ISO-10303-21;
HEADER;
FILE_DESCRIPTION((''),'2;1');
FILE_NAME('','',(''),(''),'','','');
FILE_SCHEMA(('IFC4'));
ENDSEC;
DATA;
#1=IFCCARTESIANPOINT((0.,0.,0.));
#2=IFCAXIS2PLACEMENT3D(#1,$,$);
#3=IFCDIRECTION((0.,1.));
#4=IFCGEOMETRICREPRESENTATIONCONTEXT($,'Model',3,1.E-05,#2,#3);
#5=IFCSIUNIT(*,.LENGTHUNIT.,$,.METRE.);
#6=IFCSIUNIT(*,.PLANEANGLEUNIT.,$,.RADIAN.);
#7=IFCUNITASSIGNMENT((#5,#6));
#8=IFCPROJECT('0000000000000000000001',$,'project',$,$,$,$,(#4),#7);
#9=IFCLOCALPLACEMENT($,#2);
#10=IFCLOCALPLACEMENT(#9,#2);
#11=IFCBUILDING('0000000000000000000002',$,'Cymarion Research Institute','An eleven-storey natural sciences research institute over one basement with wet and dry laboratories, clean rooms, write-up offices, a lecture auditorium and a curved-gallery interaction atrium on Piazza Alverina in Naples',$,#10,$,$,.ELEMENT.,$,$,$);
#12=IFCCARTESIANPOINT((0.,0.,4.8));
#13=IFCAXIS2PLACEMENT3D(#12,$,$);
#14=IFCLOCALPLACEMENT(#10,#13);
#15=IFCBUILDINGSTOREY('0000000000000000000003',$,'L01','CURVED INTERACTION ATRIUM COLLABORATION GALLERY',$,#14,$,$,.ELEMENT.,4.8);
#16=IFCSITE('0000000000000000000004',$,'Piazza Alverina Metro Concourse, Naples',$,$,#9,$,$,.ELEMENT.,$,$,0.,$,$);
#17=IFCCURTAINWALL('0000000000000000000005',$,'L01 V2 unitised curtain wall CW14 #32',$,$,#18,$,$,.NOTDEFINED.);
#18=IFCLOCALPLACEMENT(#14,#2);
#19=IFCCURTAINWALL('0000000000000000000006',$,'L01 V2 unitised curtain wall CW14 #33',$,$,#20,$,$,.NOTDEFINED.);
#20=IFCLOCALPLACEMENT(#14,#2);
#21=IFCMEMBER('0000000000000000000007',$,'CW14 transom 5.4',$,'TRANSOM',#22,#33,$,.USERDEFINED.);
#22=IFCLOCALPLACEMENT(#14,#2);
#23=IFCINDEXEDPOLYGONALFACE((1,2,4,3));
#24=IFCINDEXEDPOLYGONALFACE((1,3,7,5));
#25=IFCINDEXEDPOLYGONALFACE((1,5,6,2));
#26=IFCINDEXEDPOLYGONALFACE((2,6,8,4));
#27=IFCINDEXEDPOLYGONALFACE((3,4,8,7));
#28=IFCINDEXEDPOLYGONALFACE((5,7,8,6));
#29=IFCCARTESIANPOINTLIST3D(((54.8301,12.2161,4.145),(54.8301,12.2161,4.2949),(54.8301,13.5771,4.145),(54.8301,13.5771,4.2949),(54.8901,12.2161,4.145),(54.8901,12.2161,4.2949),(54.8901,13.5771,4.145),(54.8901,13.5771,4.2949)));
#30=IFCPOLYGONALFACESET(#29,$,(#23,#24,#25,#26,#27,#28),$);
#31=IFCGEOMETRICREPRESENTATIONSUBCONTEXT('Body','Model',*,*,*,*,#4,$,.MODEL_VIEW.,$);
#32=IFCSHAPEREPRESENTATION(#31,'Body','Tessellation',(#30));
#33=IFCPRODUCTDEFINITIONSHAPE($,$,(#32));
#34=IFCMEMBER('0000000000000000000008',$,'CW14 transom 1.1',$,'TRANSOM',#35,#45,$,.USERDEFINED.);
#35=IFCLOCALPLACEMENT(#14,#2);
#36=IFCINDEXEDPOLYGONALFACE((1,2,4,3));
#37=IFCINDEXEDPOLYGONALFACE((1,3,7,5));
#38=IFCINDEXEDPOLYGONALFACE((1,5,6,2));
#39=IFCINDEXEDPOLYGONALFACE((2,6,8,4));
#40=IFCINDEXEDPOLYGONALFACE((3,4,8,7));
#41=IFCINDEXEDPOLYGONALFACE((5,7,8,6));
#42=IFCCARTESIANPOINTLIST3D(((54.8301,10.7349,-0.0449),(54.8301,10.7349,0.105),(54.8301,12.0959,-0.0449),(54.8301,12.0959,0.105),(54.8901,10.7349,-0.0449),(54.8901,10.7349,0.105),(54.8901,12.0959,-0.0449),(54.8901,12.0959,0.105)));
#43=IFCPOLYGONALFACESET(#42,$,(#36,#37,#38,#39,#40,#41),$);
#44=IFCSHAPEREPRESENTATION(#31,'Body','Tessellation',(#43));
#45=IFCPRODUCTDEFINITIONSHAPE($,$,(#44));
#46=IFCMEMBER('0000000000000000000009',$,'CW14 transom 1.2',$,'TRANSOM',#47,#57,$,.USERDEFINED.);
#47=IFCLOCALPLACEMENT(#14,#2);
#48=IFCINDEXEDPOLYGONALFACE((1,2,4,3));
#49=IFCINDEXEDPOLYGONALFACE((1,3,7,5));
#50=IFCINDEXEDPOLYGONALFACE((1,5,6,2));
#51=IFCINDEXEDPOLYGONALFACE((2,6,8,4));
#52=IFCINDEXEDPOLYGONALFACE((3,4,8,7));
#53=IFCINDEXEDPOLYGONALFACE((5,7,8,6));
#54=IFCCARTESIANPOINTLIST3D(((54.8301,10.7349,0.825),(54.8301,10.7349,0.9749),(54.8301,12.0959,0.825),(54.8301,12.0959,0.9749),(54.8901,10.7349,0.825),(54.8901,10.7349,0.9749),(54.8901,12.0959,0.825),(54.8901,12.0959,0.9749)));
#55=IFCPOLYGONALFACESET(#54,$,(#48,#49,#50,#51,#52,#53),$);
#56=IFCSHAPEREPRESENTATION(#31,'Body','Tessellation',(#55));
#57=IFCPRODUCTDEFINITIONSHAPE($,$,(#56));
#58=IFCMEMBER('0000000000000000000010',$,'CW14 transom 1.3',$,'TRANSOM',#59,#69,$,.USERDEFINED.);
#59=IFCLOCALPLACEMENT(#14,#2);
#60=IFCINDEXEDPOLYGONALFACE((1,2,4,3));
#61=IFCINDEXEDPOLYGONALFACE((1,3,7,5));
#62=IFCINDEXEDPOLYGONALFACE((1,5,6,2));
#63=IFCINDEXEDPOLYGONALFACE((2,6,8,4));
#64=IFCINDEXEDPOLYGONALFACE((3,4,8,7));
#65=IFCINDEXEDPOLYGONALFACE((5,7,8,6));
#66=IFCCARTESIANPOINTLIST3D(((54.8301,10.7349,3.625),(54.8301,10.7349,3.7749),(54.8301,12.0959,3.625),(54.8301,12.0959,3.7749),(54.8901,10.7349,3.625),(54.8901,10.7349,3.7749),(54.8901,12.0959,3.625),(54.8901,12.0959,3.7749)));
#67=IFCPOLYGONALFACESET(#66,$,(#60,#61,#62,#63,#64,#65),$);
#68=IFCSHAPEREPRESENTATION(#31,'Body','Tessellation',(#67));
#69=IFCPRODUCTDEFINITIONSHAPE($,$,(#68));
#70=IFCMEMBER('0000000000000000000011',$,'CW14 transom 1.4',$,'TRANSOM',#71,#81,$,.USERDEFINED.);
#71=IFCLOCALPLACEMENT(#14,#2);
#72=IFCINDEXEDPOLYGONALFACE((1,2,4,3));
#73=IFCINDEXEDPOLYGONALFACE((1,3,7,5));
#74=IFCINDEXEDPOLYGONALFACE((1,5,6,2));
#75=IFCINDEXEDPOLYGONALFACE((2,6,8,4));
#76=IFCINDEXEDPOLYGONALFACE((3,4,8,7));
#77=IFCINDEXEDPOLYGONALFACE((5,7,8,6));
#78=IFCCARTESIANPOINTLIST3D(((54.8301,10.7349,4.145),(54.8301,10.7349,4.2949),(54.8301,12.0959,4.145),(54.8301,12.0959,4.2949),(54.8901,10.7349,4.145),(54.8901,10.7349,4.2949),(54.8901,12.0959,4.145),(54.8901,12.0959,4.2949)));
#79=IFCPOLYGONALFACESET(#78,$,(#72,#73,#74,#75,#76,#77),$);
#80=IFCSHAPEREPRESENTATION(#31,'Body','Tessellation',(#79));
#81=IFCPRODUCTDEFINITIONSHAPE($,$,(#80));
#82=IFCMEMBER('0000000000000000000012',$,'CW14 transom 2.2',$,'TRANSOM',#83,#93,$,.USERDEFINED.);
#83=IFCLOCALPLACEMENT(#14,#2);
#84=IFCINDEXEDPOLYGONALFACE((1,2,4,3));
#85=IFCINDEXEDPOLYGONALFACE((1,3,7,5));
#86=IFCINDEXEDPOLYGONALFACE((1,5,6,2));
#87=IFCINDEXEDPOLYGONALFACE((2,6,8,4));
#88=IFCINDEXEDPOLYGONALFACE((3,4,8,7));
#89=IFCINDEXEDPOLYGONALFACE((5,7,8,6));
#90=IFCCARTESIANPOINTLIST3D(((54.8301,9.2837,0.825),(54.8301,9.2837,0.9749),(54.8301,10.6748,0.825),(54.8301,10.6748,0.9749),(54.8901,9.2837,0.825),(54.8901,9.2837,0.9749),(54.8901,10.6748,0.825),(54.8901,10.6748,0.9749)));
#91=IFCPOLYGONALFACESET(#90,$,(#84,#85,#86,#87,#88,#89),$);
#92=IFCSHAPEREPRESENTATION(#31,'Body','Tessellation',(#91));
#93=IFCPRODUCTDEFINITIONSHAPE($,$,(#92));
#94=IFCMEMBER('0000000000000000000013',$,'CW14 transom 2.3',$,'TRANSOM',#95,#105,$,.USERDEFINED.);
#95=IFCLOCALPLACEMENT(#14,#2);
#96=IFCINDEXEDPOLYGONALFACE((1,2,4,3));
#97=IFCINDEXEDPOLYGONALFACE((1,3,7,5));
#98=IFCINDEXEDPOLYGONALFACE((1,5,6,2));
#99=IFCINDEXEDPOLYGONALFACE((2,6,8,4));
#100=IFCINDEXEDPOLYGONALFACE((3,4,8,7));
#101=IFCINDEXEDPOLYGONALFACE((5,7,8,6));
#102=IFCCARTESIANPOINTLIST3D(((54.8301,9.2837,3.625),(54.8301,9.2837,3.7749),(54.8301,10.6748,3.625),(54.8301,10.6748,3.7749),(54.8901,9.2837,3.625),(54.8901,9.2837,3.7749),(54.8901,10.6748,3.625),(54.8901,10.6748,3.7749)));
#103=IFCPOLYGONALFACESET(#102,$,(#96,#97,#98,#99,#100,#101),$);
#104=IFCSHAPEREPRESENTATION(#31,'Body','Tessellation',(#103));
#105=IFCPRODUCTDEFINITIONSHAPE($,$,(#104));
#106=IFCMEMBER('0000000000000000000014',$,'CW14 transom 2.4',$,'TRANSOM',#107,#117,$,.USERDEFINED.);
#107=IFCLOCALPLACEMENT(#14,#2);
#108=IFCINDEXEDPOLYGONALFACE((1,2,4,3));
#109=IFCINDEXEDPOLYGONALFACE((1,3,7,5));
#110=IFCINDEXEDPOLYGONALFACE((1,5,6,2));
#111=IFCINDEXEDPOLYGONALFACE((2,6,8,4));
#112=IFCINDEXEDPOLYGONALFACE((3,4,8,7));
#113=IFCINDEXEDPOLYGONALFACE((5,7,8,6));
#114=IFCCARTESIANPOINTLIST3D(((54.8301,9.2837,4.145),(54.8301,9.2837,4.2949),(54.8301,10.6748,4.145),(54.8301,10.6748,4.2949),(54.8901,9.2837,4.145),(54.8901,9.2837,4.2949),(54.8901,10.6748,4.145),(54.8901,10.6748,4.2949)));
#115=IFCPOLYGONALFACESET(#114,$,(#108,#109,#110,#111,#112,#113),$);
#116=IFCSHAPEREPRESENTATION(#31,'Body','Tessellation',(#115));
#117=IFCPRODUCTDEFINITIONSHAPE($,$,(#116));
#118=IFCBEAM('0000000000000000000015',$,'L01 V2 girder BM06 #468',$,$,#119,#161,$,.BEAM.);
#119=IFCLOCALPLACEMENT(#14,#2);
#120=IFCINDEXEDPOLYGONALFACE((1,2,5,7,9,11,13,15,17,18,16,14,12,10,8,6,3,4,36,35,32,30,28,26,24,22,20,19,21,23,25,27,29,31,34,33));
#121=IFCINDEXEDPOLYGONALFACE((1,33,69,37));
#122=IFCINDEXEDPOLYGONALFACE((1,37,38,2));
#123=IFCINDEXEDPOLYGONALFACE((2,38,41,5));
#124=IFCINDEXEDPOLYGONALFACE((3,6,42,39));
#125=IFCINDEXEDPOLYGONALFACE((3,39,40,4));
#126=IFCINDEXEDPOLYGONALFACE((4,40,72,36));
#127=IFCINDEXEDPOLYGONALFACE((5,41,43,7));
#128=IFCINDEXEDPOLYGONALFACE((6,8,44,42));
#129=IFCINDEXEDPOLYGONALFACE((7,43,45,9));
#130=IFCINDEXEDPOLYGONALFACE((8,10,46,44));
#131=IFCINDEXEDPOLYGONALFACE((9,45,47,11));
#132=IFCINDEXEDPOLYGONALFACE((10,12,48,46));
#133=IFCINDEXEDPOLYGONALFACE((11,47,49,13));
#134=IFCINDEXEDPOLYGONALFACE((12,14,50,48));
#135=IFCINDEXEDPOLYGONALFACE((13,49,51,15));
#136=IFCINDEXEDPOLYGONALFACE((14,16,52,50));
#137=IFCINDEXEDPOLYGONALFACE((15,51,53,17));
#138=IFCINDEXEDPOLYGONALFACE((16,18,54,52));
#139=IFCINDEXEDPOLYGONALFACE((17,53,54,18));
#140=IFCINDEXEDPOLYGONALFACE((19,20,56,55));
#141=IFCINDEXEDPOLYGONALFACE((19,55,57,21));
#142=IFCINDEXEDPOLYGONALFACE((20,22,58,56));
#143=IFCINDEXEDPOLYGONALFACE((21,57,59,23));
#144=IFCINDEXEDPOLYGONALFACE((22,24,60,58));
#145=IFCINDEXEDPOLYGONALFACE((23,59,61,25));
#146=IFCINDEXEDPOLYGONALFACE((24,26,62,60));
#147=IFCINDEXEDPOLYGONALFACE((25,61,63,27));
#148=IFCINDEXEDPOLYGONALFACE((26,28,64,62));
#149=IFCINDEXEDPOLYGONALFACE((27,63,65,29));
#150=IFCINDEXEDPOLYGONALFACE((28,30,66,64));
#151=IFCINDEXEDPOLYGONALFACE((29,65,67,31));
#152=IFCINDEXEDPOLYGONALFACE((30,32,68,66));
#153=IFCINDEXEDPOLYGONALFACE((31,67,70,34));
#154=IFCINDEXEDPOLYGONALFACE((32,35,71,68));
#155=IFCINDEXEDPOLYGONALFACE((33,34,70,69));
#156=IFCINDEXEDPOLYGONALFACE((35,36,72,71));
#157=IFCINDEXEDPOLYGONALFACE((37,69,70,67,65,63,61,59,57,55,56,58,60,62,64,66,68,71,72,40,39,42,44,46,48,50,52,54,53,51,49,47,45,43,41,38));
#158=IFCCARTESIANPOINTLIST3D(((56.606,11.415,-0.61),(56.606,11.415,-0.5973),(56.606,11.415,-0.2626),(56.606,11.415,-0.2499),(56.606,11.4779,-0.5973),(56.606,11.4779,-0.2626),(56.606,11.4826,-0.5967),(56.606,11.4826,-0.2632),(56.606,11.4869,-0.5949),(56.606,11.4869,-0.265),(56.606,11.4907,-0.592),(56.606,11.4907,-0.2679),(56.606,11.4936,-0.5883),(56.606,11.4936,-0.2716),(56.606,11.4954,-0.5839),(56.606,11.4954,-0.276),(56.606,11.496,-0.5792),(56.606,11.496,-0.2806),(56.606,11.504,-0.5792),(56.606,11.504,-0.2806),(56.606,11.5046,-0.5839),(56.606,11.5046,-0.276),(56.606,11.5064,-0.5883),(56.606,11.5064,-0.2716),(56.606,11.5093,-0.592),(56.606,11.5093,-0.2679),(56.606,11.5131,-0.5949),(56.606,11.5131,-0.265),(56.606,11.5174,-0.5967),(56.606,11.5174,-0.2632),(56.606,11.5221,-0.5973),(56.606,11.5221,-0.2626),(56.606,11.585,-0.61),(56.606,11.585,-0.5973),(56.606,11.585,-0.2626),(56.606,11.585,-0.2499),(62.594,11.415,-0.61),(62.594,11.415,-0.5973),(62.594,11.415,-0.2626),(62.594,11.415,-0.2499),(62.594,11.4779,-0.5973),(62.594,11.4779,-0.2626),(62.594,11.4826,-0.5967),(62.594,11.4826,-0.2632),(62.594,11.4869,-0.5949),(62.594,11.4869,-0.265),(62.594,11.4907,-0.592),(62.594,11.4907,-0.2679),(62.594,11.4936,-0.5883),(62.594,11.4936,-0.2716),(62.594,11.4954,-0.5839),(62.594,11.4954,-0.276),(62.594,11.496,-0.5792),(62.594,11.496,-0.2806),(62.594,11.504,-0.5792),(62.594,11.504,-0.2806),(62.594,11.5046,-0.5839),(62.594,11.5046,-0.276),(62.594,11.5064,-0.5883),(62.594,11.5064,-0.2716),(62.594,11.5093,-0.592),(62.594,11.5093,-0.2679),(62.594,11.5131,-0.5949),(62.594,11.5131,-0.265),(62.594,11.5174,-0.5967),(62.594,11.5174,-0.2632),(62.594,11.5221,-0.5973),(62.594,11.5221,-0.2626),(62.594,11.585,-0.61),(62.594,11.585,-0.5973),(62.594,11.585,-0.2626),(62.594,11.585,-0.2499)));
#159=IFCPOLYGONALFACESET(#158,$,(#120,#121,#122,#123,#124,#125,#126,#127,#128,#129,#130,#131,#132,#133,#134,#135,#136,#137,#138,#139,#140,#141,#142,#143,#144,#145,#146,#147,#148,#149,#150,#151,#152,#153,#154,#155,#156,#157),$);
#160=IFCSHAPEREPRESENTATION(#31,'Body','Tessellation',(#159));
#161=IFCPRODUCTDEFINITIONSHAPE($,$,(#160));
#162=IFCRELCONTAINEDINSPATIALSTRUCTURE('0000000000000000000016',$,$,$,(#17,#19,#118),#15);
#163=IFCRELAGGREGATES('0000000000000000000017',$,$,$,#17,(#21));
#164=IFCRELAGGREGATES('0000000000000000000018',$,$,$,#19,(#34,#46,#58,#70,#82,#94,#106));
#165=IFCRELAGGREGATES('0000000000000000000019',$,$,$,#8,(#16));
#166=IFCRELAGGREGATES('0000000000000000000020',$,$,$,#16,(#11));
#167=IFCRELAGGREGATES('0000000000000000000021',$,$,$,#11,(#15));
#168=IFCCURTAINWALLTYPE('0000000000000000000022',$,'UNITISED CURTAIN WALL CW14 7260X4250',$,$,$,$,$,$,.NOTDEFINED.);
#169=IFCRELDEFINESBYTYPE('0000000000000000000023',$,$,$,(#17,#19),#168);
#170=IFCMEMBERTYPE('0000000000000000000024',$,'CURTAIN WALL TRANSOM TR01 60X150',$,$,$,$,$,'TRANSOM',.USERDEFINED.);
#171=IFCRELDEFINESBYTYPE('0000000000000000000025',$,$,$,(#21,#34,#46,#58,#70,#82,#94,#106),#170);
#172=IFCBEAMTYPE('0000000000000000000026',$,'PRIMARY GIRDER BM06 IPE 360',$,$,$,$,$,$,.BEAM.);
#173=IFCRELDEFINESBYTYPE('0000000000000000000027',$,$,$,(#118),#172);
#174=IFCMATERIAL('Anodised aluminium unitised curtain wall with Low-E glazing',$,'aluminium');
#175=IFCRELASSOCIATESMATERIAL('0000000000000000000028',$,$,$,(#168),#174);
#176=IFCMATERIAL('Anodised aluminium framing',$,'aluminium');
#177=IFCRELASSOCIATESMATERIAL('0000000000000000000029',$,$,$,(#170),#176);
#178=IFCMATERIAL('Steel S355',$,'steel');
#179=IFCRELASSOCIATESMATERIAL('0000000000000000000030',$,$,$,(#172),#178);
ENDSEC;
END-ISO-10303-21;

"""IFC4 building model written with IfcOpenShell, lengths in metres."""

from ifc_helpers import new_model, si_unit, direction, frame, origin, origin_2d, place, context, subcontext, project, spatial, rectangle, i_section, extrude, material, material_profile, profile_set, type_object, element, aggregate, save


model = new_model("IFC4")

# Units and contexts
model_context = context("Model", 3, precision=1e-05, world=origin(), true_north=direction((0.0, 1.0)))
body_context = subcontext(model_context, "Body", "Model", "MODEL_VIEW")
ifc_project = project(units=[si_unit("LENGTHUNIT", "METRE"), si_unit("PLANEANGLEUNIT", "RADIAN")], contexts=[model_context])

# Site, building, storey
site_placement = place(None, origin())
site = spatial("IfcSite", under=ifc_project, at=site_placement, Name="Piazza Alverina Metro Concourse, Naples", CompositionType="ELEMENT", RefElevation=0.0)
building_placement = place(site_placement, origin())
building = spatial("IfcBuilding", under=site, at=building_placement, Name="Cymarion Research Institute", Description="An eleven-storey natural sciences research institute over one basement with wet and dry laboratories, clean rooms, write-up offices, a lecture auditorium and a curved-gallery interaction atrium on Piazza Alverina in Naples", CompositionType="ELEMENT")
storey_placement = place(building_placement, frame((0.0, 0.0, 4.8)))
storey = spatial("IfcBuildingStorey", under=building, at=storey_placement, Name="L01", Description="CURVED INTERACTION ATRIUM COLLABORATION GALLERY", CompositionType="ELEMENT", Elevation=4.8)

# Shared definitions
ifc_material_1 = material(Name="Steel S355", Category="steel")

# Curtain walls
ifc_material_2 = material(Name="Anodised aluminium unitised curtain wall with Low-E glazing", Category="aluminium")
curtain_wall_type = type_object("IfcCurtainWallType", Name="UNITISED CURTAIN WALL CW14 7260X4250", PredefinedType="NOTDEFINED", material=ifc_material_2)
curtain_wall_1_placement = place(storey_placement, origin())
curtain_wall_1 = element("IfcCurtainWall", 1, at=curtain_wall_1_placement, inside=storey, type_object=curtain_wall_type, Name="L01 V2 unitised curtain wall CW14 #32", PredefinedType="NOTDEFINED")
ifc_material_3 = material(Name="Anodised aluminium framing", Category="aluminium")
curtain_wall_2_placement = place(storey_placement, origin())
curtain_wall_2 = element("IfcCurtainWall", 2, at=curtain_wall_2_placement, inside=storey, type_object=curtain_wall_type, Name="L01 V2 unitised curtain wall CW14 #33", PredefinedType="NOTDEFINED")

# Members
ifc_material_profile_1 = material_profile(ifc_material_3, rectangle(XDim=0.0601, YDim=0.1499, at=origin_2d()), Name="ALU TRANSOM 60x150")
ifc_profile_set_1 = profile_set([ifc_material_profile_1], Name="Anodised aluminium framing")
member_type_1 = type_object("IfcMemberType", Name="CURTAIN WALL TRANSOM TR01 60X150", ElementType="TRANSOM", PredefinedType="USERDEFINED", material=ifc_profile_set_1)
member_1_placement = place(storey_placement, frame((54.8601, 13.5771, 4.22), z_axis=(0.0, -1.0, 0.0), x_axis=(1.0, 0.0, 0.0)))
member_1 = element("IfcMember", 3, at=member_1_placement, type_object=member_type_1, Name="CW14 transom 5.4", ObjectType="TRANSOM", PredefinedType="USERDEFINED", context=body_context, shape_type="SweptSolid", body=[
    extrude(rectangle(XDim=0.0601, YDim=0.1499, at=origin_2d()), origin(), (0.0, 0.0, 1.0), 1.3611),
])
member_2_placement = place(storey_placement, frame((54.8601, 12.0959, 0.03), z_axis=(0.0, -1.0, 0.0), x_axis=(1.0, 0.0, 0.0)))
member_2 = element("IfcMember", 4, at=member_2_placement, type_object=member_type_1, Name="CW14 transom 1.1", ObjectType="TRANSOM", PredefinedType="USERDEFINED", context=body_context, shape_type="SweptSolid", body=[
    extrude(rectangle(XDim=0.0601, YDim=0.1499, at=origin_2d()), origin(), (0.0, 0.0, 1.0), 1.3611),
])
member_3_placement = place(storey_placement, frame((54.8601, 12.0959, 0.8999), z_axis=(0.0, -1.0, 0.0), x_axis=(1.0, 0.0, 0.0)))
member_3 = element("IfcMember", 5, at=member_3_placement, type_object=member_type_1, Name="CW14 transom 1.2", ObjectType="TRANSOM", PredefinedType="USERDEFINED", context=body_context, shape_type="SweptSolid", body=[
    extrude(rectangle(XDim=0.0601, YDim=0.1499, at=origin_2d()), origin(), (0.0, 0.0, 1.0), 1.3611),
])
member_4_placement = place(storey_placement, frame((54.8601, 12.0959, 3.7), z_axis=(0.0, -1.0, 0.0), x_axis=(1.0, 0.0, 0.0)))
member_4 = element("IfcMember", 6, at=member_4_placement, type_object=member_type_1, Name="CW14 transom 1.3", ObjectType="TRANSOM", PredefinedType="USERDEFINED", context=body_context, shape_type="SweptSolid", body=[
    extrude(rectangle(XDim=0.0601, YDim=0.1499, at=origin_2d()), origin(), (0.0, 0.0, 1.0), 1.3611),
])
member_5_placement = place(storey_placement, frame((54.8601, 12.0959, 4.22), z_axis=(0.0, -1.0, 0.0), x_axis=(1.0, 0.0, 0.0)))
member_5 = element("IfcMember", 7, at=member_5_placement, type_object=member_type_1, Name="CW14 transom 1.4", ObjectType="TRANSOM", PredefinedType="USERDEFINED", context=body_context, shape_type="SweptSolid", body=[
    extrude(rectangle(XDim=0.0601, YDim=0.1499, at=origin_2d()), origin(), (0.0, 0.0, 1.0), 1.3611),
])
member_6_placement = place(storey_placement, frame((54.8601, 10.6748, 0.8999), z_axis=(0.0, -1.0, 0.0), x_axis=(1.0, 0.0, 0.0)))
member_6 = element("IfcMember", 8, at=member_6_placement, type_object=member_type_1, Name="CW14 transom 2.2", ObjectType="TRANSOM", PredefinedType="USERDEFINED", context=body_context, shape_type="SweptSolid", body=[
    extrude(rectangle(XDim=0.0601, YDim=0.1499, at=origin_2d()), origin(), (0.0, 0.0, 1.0), 1.3911),
])
member_7_placement = place(storey_placement, frame((54.8601, 10.6748, 3.7), z_axis=(0.0, -1.0, 0.0), x_axis=(1.0, 0.0, 0.0)))
member_7 = element("IfcMember", 9, at=member_7_placement, type_object=member_type_1, Name="CW14 transom 2.3", ObjectType="TRANSOM", PredefinedType="USERDEFINED", context=body_context, shape_type="SweptSolid", body=[
    extrude(rectangle(XDim=0.0601, YDim=0.1499, at=origin_2d()), origin(), (0.0, 0.0, 1.0), 1.3911),
])
member_8_placement = place(storey_placement, frame((54.8601, 10.6748, 4.22), z_axis=(0.0, -1.0, 0.0), x_axis=(1.0, 0.0, 0.0)))
member_8 = element("IfcMember", 10, at=member_8_placement, type_object=member_type_1, Name="CW14 transom 2.4", ObjectType="TRANSOM", PredefinedType="USERDEFINED", context=body_context, shape_type="SweptSolid", body=[
    extrude(rectangle(XDim=0.0601, YDim=0.1499, at=origin_2d()), origin(), (0.0, 0.0, 1.0), 1.3911),
])

# Beam
ifc_material_profile_2 = material_profile(ifc_material_1, i_section(OverallWidth=0.1699, OverallDepth=0.3601, WebThickness=0.0081, FlangeThickness=0.0127, FilletRadius=0.0181, at=origin_2d()), Name="IPE 360")
ifc_profile_set_2 = profile_set([ifc_material_profile_2], Name="Steel S355")
beam_type_1 = type_object("IfcBeamType", Name="PRIMARY GIRDER BM06 IPE 360", PredefinedType="BEAM", material=ifc_profile_set_2)
beam_1_placement = place(storey_placement, frame((56.606, 11.5, -0.4299), z_axis=(1.0, 0.0, 0.0), x_axis=(0.0, 1.0, 0.0)))
element("IfcBeam", 11, at=beam_1_placement, inside=storey, type_object=beam_type_1, Name="L01 V2 girder BM06 #468", PredefinedType="BEAM", context=body_context, shape_type="SweptSolid", body=[
    extrude(i_section(OverallWidth=0.1699, OverallDepth=0.3601, WebThickness=0.0081, FlangeThickness=0.0127, FilletRadius=0.0181, at=origin_2d()), origin(), (0.0, 0.0, 1.0), 5.988),
])

aggregate(curtain_wall_1, [member_1])
aggregate(curtain_wall_2, [member_2, member_3, member_4, member_5, member_6, member_7, member_8])

save(model, "model.ifc")
